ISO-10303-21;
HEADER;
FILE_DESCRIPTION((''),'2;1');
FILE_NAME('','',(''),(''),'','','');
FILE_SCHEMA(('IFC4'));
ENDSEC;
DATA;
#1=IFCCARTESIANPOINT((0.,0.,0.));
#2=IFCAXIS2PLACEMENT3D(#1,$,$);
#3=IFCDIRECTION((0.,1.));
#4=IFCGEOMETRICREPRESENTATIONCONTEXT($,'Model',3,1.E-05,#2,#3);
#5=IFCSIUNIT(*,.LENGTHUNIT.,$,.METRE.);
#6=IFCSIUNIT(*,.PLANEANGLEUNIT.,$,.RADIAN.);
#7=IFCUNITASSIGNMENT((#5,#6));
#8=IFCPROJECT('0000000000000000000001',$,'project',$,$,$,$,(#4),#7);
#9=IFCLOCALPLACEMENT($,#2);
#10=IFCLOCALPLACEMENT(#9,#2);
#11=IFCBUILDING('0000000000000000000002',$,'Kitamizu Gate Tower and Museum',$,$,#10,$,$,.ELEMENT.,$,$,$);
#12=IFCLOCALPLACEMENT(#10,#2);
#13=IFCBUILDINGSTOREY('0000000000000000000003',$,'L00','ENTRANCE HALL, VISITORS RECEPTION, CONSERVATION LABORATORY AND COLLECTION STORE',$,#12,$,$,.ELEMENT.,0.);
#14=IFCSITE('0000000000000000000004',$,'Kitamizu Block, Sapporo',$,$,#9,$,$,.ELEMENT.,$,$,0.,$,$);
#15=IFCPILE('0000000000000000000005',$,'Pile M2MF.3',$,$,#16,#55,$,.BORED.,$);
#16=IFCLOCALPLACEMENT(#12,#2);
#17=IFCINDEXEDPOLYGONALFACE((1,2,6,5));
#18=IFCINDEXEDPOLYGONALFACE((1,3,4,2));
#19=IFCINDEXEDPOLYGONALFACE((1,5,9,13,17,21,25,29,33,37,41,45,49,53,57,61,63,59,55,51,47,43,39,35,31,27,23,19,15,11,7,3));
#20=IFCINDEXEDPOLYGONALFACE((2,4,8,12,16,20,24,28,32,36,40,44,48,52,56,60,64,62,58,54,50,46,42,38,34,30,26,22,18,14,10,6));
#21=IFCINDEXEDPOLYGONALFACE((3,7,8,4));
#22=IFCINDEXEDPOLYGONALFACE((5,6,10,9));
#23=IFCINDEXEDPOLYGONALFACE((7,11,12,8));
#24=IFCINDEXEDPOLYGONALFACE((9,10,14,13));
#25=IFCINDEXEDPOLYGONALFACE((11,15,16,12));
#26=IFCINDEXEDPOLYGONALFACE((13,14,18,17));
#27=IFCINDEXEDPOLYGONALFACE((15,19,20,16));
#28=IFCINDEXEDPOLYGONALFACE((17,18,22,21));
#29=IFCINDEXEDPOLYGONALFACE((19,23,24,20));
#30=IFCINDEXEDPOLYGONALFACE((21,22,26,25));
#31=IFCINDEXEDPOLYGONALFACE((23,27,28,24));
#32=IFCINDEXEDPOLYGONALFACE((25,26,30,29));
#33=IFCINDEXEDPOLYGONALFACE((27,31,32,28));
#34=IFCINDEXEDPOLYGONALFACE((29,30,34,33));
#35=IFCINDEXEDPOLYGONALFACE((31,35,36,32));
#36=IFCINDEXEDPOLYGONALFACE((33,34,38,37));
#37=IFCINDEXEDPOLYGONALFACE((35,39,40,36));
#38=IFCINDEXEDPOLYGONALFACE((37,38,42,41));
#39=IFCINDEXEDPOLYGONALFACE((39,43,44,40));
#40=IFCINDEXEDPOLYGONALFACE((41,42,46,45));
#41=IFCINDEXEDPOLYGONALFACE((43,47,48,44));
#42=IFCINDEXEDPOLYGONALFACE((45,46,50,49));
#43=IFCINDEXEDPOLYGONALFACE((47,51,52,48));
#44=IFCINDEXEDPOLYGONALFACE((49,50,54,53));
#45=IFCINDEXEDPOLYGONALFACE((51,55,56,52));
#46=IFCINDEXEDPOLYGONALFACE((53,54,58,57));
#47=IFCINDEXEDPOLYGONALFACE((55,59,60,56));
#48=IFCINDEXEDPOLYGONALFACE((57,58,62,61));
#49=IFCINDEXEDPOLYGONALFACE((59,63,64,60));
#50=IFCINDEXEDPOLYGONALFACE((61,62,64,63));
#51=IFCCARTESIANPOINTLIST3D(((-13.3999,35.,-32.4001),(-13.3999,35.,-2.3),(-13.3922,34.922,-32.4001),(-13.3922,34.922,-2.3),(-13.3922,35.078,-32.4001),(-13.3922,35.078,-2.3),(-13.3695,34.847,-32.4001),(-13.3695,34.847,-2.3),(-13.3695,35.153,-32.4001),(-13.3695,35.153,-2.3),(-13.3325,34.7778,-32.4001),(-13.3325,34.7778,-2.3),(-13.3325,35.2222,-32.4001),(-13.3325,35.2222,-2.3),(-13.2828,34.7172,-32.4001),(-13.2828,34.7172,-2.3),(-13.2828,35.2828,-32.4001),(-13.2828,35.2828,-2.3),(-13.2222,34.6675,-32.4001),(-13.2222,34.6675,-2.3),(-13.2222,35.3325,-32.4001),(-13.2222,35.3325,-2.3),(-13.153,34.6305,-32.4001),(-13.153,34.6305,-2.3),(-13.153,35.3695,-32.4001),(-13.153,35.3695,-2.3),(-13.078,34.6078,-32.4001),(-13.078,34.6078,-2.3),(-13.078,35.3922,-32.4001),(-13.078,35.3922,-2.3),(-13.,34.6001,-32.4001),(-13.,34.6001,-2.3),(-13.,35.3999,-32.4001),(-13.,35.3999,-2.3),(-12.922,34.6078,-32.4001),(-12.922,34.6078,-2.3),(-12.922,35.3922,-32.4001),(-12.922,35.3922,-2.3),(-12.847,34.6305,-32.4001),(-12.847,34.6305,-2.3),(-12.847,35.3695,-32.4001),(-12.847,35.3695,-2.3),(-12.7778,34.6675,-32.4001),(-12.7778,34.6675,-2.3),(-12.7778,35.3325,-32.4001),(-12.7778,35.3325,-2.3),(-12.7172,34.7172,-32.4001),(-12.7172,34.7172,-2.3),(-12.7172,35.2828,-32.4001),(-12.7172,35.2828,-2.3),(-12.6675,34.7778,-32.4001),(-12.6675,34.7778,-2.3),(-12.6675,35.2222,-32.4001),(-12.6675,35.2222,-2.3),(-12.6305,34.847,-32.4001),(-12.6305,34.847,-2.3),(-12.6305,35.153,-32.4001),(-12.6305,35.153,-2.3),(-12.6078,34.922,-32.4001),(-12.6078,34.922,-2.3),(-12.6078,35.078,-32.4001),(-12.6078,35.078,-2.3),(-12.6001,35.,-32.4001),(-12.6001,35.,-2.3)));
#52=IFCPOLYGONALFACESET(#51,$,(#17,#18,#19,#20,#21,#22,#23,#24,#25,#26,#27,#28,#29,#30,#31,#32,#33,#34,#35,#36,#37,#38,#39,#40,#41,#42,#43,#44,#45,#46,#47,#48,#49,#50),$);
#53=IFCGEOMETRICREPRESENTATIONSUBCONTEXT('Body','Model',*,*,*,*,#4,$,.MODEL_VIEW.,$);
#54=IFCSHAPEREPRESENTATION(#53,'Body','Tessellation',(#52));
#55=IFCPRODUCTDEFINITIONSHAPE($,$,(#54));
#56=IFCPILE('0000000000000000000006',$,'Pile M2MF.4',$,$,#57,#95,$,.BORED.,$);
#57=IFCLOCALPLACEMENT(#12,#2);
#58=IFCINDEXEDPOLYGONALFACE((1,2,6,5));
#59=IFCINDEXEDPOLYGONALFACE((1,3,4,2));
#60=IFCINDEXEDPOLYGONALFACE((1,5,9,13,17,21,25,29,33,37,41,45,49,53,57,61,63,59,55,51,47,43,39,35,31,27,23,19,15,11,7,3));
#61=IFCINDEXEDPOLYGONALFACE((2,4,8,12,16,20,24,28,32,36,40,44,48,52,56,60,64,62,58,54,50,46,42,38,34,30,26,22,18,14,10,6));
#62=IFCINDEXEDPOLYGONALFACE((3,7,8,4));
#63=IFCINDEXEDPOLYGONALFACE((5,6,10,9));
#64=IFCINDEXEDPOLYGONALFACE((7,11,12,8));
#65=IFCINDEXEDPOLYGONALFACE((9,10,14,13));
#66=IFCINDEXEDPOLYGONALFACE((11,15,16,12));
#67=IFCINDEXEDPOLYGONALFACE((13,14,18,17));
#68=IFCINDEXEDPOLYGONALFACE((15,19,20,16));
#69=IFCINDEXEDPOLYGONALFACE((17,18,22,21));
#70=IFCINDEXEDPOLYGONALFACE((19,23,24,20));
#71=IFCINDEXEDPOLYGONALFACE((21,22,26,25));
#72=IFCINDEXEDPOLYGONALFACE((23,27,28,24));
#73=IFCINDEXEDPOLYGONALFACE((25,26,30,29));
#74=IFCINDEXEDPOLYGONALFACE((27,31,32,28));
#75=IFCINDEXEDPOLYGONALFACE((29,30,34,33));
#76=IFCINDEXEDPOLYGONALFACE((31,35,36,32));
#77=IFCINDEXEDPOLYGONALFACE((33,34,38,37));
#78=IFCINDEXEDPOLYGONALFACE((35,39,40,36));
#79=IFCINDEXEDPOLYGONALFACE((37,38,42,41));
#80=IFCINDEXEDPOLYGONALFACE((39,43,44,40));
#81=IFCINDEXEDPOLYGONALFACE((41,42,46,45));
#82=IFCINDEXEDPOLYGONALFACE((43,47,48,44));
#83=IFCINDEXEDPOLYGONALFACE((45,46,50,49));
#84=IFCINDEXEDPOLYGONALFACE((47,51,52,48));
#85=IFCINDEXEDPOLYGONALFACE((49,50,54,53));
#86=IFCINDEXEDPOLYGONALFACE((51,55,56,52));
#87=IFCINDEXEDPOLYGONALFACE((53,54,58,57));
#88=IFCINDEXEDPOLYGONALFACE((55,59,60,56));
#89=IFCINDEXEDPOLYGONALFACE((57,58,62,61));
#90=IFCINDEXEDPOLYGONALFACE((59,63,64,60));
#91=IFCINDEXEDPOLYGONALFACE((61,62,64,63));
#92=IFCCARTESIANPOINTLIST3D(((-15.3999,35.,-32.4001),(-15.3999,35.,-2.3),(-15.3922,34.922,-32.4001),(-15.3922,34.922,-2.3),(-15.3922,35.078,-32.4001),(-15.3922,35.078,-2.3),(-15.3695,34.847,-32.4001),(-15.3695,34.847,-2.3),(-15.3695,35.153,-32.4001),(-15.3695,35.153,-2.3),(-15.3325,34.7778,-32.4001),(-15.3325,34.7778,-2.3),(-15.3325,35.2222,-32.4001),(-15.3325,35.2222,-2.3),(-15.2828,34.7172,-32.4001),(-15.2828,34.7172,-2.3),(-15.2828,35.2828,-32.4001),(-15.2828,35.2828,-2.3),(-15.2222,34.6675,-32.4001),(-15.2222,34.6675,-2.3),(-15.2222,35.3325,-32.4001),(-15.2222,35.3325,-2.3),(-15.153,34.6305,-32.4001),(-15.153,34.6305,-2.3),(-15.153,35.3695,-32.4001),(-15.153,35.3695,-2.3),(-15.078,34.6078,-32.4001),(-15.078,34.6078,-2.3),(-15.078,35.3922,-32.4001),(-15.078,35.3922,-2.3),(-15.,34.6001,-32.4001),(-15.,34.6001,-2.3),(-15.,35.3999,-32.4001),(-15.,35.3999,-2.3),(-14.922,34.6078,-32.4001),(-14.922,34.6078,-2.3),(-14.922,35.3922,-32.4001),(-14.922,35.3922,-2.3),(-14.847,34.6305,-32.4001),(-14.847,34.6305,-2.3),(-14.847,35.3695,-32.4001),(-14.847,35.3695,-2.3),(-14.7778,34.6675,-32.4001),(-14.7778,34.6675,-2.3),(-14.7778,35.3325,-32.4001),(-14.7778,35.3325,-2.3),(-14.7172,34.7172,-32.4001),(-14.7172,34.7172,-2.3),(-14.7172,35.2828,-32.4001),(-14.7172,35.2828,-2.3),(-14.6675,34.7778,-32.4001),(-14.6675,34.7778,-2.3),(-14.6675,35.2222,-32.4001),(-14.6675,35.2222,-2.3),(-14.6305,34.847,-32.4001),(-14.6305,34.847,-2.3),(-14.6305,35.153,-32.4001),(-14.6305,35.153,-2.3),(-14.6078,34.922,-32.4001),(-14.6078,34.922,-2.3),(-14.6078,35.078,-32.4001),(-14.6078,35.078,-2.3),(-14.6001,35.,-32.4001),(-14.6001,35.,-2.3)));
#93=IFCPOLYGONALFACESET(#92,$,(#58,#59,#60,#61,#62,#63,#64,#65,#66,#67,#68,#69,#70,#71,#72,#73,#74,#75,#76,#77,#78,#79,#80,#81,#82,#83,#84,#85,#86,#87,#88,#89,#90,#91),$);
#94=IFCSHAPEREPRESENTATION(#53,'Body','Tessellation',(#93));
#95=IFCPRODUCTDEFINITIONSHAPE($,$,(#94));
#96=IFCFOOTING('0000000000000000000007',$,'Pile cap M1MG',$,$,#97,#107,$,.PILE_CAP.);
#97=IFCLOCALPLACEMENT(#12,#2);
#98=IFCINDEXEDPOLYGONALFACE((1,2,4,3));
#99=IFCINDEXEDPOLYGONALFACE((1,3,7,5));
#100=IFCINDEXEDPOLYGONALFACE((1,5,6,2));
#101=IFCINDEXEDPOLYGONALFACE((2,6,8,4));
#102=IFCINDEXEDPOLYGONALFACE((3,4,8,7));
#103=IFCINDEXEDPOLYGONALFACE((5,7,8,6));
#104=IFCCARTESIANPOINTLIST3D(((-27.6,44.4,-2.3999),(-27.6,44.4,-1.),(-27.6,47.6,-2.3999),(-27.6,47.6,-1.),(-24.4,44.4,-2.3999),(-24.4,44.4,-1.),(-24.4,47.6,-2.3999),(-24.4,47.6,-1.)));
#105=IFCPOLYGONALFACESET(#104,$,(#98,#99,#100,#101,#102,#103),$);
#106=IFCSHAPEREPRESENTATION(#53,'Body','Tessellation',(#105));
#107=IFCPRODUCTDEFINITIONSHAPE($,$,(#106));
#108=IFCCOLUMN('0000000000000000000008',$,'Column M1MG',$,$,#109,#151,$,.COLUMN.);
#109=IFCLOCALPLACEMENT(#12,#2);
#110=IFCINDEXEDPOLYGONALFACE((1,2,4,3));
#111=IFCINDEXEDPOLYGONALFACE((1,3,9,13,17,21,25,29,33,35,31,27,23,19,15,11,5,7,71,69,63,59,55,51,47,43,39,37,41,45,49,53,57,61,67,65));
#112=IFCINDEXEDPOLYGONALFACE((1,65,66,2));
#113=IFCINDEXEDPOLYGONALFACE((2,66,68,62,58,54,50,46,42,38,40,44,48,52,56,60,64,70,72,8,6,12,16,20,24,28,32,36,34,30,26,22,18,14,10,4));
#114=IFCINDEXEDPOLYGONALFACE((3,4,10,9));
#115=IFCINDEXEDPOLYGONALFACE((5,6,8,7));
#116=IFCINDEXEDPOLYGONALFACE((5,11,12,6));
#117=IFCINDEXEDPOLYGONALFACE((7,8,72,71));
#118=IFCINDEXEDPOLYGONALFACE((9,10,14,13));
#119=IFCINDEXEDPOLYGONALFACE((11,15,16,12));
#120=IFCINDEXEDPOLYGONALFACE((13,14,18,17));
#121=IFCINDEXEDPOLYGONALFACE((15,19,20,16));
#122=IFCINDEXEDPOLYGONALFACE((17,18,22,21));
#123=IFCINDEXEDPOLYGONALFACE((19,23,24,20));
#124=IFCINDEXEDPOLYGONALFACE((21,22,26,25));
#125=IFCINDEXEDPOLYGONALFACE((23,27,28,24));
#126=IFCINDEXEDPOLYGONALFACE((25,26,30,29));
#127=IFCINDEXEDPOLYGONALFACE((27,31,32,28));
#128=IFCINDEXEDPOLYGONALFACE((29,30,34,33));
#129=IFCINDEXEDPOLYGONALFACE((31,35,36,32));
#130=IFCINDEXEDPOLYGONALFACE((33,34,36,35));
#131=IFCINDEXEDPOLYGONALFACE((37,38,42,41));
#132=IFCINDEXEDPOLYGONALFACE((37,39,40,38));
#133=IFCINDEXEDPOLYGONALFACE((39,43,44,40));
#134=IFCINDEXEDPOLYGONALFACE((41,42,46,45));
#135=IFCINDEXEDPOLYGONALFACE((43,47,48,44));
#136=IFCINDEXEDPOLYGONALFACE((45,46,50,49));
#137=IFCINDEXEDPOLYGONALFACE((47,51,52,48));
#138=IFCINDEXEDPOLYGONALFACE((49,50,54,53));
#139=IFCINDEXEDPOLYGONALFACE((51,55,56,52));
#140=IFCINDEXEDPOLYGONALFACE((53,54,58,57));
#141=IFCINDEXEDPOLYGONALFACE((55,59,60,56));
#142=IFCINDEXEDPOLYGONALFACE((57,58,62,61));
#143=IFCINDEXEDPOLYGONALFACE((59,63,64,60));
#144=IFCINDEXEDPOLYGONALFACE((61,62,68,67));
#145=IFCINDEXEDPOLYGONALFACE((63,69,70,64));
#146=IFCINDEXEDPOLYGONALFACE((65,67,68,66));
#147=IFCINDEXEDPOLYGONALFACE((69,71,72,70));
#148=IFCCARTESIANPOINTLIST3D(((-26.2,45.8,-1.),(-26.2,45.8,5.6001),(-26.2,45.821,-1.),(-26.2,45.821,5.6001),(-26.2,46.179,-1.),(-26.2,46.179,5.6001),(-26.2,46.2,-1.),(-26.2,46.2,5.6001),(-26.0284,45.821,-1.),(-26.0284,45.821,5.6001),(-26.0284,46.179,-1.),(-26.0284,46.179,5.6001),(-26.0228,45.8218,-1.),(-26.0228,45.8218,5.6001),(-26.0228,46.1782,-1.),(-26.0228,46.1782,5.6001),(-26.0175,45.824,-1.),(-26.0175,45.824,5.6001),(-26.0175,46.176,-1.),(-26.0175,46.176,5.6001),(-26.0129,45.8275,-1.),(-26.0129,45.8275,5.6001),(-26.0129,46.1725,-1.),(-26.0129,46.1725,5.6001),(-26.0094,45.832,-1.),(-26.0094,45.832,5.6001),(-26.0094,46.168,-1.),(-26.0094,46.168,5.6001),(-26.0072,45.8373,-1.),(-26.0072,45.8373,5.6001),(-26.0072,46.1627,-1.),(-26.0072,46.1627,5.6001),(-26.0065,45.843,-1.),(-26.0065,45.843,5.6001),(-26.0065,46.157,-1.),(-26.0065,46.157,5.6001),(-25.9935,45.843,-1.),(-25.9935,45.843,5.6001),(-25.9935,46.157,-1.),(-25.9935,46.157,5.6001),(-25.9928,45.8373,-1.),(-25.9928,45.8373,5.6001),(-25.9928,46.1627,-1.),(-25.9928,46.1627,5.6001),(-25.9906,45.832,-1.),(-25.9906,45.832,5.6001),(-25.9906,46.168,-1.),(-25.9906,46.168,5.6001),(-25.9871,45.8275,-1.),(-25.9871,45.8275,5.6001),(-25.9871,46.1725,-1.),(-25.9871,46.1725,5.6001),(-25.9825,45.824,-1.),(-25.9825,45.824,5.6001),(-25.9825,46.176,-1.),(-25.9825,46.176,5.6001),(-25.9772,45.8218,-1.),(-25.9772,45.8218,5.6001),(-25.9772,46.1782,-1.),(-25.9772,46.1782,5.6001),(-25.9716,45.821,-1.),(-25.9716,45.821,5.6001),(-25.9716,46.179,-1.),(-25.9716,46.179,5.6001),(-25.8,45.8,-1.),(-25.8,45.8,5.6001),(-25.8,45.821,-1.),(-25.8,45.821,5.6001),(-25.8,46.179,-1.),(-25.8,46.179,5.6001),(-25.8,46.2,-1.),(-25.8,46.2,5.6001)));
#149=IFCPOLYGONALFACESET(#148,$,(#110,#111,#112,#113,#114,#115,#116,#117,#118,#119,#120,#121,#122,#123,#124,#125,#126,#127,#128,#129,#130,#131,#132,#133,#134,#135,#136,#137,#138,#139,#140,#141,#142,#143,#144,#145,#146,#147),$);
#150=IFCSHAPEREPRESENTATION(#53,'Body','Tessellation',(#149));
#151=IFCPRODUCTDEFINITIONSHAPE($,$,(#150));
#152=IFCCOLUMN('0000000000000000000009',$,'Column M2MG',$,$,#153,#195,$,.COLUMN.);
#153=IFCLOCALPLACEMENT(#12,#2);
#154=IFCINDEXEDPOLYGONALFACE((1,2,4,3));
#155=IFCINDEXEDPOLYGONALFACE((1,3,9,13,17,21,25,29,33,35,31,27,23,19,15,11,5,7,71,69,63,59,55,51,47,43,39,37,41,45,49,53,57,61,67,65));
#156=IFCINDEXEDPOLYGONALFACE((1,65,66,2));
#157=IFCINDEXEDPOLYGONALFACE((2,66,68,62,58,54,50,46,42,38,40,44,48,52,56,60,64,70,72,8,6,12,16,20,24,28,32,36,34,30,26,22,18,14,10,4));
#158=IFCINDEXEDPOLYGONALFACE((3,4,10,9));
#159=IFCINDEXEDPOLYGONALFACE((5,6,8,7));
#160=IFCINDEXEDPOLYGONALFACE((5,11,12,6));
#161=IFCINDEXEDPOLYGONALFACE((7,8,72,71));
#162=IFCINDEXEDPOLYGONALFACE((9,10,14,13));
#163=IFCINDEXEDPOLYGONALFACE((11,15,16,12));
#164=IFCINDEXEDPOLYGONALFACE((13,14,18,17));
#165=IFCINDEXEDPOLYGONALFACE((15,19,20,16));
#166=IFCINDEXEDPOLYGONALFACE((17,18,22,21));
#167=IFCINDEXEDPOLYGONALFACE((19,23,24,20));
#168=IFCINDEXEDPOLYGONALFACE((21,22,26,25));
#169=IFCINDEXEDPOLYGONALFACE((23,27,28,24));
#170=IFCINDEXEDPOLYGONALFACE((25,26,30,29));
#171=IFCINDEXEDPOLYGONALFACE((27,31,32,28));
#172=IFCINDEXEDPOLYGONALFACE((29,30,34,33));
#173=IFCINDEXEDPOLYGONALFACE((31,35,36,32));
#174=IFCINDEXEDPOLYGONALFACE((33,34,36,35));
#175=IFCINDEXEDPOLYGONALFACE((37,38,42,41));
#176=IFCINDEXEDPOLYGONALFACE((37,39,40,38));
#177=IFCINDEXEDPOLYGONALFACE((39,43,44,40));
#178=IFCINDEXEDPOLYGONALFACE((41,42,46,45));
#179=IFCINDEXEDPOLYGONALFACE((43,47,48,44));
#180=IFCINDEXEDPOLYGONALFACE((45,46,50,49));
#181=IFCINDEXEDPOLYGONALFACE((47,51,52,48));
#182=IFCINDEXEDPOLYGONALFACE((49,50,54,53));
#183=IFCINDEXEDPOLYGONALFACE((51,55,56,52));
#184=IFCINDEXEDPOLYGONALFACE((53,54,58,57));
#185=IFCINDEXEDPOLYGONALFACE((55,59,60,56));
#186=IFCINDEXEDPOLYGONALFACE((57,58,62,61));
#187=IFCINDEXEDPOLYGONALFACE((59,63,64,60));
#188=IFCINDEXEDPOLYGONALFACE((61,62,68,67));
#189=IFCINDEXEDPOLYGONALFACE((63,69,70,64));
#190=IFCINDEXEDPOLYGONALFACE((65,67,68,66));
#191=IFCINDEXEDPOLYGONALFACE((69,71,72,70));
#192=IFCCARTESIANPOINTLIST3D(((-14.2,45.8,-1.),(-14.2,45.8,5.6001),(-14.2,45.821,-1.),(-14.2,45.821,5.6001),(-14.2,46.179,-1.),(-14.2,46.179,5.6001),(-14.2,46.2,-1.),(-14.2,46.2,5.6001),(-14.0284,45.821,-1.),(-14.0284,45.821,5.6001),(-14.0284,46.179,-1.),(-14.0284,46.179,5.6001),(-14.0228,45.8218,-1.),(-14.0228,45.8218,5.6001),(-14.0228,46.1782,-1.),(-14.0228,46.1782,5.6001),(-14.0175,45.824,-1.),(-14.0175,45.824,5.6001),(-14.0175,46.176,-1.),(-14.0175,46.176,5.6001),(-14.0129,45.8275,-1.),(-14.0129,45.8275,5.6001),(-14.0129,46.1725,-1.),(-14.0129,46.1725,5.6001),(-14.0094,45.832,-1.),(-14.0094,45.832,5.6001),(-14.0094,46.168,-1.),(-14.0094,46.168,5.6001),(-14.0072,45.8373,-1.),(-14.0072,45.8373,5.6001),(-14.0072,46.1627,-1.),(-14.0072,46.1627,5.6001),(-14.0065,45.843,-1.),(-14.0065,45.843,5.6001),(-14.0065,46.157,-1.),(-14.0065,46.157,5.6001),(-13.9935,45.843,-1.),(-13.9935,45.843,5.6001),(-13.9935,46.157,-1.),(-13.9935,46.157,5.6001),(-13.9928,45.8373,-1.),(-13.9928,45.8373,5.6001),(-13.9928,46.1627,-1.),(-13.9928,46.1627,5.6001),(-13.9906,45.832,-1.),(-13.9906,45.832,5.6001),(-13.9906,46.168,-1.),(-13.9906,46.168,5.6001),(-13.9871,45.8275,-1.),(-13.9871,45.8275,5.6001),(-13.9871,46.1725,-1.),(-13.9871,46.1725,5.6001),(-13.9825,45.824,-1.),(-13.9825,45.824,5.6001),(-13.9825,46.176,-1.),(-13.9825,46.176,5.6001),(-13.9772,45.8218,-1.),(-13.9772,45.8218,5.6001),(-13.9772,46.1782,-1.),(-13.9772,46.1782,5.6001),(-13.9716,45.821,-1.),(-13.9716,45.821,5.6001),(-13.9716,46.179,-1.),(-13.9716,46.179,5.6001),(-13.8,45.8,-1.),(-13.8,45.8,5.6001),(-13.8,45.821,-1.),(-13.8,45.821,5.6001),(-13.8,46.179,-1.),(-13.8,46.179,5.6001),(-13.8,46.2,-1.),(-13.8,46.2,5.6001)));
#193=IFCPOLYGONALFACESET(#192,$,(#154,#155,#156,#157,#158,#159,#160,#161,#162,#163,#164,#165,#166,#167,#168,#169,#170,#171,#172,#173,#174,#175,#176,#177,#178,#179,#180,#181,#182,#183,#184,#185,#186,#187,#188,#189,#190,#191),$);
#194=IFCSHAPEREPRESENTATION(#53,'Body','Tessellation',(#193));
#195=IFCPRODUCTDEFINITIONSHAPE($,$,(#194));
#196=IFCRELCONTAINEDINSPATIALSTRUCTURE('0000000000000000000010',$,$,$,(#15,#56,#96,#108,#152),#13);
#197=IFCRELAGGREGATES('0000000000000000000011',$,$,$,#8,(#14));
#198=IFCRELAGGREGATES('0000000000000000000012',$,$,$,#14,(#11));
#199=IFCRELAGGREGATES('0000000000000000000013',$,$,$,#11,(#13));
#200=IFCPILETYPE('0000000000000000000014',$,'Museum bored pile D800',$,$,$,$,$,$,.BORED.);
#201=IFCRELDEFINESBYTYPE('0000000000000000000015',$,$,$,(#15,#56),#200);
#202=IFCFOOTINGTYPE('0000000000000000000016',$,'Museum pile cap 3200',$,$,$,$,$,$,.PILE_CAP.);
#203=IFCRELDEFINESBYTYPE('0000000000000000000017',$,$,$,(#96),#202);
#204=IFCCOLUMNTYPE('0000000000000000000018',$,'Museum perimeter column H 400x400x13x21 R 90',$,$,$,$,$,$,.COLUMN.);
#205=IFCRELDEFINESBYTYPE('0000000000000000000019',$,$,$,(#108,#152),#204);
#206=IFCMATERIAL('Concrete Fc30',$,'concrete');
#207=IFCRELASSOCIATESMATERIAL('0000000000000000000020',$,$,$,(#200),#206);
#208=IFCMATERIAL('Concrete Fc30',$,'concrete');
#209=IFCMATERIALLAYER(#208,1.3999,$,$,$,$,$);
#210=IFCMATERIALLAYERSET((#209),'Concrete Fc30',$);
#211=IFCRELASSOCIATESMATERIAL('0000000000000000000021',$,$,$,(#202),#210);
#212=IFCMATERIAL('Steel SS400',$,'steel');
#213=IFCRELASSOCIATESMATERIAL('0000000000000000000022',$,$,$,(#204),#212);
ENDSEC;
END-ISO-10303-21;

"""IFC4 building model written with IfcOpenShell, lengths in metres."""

from ifc_helpers import new_model, si_unit, direction, frame, origin, origin_2d, place, context, subcontext, project, spatial, rectangle, circle, i_section, extrude, material, layer, layer_set, material_profile, profile_set, type_object, element, save


model = new_model("IFC4")

# Units and contexts
model_context = context("Model", 3, precision=1e-05, world=origin(), true_north=direction((0.0, 1.0)))
body_context = subcontext(model_context, "Body", "Model", "MODEL_VIEW")
ifc_project = project(units=[si_unit("LENGTHUNIT", "METRE"), si_unit("PLANEANGLEUNIT", "RADIAN")], contexts=[model_context])

# Site, building, storey
site_placement = place(None, origin())
site = spatial("IfcSite", under=ifc_project, at=site_placement, Name="Kitamizu Block, Sapporo", CompositionType="ELEMENT", RefElevation=0.0)
building_placement = place(site_placement, origin())
building = spatial("IfcBuilding", under=site, at=building_placement, Name="Kitamizu Gate Tower and Museum", CompositionType="ELEMENT")
storey_placement = place(building_placement, origin())
storey = spatial("IfcBuildingStorey", under=building, at=storey_placement, Name="L00", Description="ENTRANCE HALL, VISITORS RECEPTION, CONSERVATION LABORATORY AND COLLECTION STORE", CompositionType="ELEMENT", Elevation=0.0)

# Piles
ifc_material_1 = material(Name="Concrete Fc30", Category="concrete")
ifc_material_profile_1 = material_profile(ifc_material_1, circle(Radius=0.3999, at=origin_2d()), Name="D800")
ifc_profile_set_1 = profile_set([ifc_material_profile_1], Name="Concrete Fc30")
pile_type = type_object("IfcPileType", Name="Museum bored pile D800", PredefinedType="BORED", material=ifc_profile_set_1)
for number, where, z_axis, x_axis, name in (
    (1, (-13.0, 35.0, -2.3), (0.0, 0.0, -1.0), (1.0, 0.0, 0.0), "Pile M2MF.3"),
    (2, (-15.0, 35.0, -2.3), (0.0, 0.0, -1.0), (1.0, 0.0, 0.0), "Pile M2MF.4"),
):
    element("IfcPile", number, at=place(storey_placement, frame(where, z_axis=z_axis, x_axis=x_axis)), inside=storey, type_object=pile_type, Name=name, PredefinedType="BORED", context=body_context, shape_type="SweptSolid", body=[
        extrude(circle(Radius=0.3999, at=origin_2d()), origin(), (0.0, 0.0, 1.0), 30.1001),
    ])

# Footing
ifc_material_2 = material(Name="Concrete Fc30", Category="concrete")
ifc_layer_1 = layer(ifc_material_2, 1.3999)
ifc_layer_set_1 = layer_set([ifc_layer_1], Name="Concrete Fc30")
footing_type = type_object("IfcFootingType", Name="Museum pile cap 3200", PredefinedType="PILE_CAP", material=ifc_layer_set_1)
footing_placement = place(storey_placement, frame((-26.0, 46.0, -2.3999), z_axis=(0.0, 0.0, 1.0), x_axis=(1.0, 0.0, 0.0)))
element("IfcFooting", 3, at=footing_placement, inside=storey, type_object=footing_type, Name="Pile cap M1MG", PredefinedType="PILE_CAP", context=body_context, shape_type="SweptSolid", body=[
    extrude(rectangle(XDim=3.2, YDim=3.2, at=origin_2d()), origin(), (0.0, 0.0, 1.0), 1.3999),
])

# Columns
ifc_material_3 = material(Name="Steel SS400", Category="steel")
ifc_material_profile_2 = material_profile(ifc_material_3, i_section(OverallWidth=0.3999, OverallDepth=0.3999, WebThickness=0.0129, FlangeThickness=0.021, FilletRadius=0.022, at=origin_2d()), Name="H-400x400x13x21")
ifc_profile_set_2 = profile_set([ifc_material_profile_2], Name="Steel SS400")
column_type = type_object("IfcColumnType", Name="Museum perimeter column H 400x400x13x21 R 90", PredefinedType="COLUMN", material=ifc_profile_set_2)
for number, where, z_axis, x_axis, name in (
    (4, (-26.0, 46.0, -1.0), (0.0, 0.0, 1.0), (1.0, 0.0, 0.0), "Column M1MG"),
    (5, (-14.0, 46.0, -1.0), (0.0, 0.0, 1.0), (1.0, 0.0, 0.0), "Column M2MG"),
):
    element("IfcColumn", number, at=place(storey_placement, frame(where, z_axis=z_axis, x_axis=x_axis)), inside=storey, type_object=column_type, Name=name, PredefinedType="COLUMN", context=body_context, shape_type="SweptSolid", body=[
        extrude(i_section(OverallWidth=0.3999, OverallDepth=0.3999, WebThickness=0.0129, FlangeThickness=0.021, FilletRadius=0.022, at=origin_2d()), origin(), (0.0, 0.0, 1.0), 6.6001),
    ])

save(model, "model.ifc")
